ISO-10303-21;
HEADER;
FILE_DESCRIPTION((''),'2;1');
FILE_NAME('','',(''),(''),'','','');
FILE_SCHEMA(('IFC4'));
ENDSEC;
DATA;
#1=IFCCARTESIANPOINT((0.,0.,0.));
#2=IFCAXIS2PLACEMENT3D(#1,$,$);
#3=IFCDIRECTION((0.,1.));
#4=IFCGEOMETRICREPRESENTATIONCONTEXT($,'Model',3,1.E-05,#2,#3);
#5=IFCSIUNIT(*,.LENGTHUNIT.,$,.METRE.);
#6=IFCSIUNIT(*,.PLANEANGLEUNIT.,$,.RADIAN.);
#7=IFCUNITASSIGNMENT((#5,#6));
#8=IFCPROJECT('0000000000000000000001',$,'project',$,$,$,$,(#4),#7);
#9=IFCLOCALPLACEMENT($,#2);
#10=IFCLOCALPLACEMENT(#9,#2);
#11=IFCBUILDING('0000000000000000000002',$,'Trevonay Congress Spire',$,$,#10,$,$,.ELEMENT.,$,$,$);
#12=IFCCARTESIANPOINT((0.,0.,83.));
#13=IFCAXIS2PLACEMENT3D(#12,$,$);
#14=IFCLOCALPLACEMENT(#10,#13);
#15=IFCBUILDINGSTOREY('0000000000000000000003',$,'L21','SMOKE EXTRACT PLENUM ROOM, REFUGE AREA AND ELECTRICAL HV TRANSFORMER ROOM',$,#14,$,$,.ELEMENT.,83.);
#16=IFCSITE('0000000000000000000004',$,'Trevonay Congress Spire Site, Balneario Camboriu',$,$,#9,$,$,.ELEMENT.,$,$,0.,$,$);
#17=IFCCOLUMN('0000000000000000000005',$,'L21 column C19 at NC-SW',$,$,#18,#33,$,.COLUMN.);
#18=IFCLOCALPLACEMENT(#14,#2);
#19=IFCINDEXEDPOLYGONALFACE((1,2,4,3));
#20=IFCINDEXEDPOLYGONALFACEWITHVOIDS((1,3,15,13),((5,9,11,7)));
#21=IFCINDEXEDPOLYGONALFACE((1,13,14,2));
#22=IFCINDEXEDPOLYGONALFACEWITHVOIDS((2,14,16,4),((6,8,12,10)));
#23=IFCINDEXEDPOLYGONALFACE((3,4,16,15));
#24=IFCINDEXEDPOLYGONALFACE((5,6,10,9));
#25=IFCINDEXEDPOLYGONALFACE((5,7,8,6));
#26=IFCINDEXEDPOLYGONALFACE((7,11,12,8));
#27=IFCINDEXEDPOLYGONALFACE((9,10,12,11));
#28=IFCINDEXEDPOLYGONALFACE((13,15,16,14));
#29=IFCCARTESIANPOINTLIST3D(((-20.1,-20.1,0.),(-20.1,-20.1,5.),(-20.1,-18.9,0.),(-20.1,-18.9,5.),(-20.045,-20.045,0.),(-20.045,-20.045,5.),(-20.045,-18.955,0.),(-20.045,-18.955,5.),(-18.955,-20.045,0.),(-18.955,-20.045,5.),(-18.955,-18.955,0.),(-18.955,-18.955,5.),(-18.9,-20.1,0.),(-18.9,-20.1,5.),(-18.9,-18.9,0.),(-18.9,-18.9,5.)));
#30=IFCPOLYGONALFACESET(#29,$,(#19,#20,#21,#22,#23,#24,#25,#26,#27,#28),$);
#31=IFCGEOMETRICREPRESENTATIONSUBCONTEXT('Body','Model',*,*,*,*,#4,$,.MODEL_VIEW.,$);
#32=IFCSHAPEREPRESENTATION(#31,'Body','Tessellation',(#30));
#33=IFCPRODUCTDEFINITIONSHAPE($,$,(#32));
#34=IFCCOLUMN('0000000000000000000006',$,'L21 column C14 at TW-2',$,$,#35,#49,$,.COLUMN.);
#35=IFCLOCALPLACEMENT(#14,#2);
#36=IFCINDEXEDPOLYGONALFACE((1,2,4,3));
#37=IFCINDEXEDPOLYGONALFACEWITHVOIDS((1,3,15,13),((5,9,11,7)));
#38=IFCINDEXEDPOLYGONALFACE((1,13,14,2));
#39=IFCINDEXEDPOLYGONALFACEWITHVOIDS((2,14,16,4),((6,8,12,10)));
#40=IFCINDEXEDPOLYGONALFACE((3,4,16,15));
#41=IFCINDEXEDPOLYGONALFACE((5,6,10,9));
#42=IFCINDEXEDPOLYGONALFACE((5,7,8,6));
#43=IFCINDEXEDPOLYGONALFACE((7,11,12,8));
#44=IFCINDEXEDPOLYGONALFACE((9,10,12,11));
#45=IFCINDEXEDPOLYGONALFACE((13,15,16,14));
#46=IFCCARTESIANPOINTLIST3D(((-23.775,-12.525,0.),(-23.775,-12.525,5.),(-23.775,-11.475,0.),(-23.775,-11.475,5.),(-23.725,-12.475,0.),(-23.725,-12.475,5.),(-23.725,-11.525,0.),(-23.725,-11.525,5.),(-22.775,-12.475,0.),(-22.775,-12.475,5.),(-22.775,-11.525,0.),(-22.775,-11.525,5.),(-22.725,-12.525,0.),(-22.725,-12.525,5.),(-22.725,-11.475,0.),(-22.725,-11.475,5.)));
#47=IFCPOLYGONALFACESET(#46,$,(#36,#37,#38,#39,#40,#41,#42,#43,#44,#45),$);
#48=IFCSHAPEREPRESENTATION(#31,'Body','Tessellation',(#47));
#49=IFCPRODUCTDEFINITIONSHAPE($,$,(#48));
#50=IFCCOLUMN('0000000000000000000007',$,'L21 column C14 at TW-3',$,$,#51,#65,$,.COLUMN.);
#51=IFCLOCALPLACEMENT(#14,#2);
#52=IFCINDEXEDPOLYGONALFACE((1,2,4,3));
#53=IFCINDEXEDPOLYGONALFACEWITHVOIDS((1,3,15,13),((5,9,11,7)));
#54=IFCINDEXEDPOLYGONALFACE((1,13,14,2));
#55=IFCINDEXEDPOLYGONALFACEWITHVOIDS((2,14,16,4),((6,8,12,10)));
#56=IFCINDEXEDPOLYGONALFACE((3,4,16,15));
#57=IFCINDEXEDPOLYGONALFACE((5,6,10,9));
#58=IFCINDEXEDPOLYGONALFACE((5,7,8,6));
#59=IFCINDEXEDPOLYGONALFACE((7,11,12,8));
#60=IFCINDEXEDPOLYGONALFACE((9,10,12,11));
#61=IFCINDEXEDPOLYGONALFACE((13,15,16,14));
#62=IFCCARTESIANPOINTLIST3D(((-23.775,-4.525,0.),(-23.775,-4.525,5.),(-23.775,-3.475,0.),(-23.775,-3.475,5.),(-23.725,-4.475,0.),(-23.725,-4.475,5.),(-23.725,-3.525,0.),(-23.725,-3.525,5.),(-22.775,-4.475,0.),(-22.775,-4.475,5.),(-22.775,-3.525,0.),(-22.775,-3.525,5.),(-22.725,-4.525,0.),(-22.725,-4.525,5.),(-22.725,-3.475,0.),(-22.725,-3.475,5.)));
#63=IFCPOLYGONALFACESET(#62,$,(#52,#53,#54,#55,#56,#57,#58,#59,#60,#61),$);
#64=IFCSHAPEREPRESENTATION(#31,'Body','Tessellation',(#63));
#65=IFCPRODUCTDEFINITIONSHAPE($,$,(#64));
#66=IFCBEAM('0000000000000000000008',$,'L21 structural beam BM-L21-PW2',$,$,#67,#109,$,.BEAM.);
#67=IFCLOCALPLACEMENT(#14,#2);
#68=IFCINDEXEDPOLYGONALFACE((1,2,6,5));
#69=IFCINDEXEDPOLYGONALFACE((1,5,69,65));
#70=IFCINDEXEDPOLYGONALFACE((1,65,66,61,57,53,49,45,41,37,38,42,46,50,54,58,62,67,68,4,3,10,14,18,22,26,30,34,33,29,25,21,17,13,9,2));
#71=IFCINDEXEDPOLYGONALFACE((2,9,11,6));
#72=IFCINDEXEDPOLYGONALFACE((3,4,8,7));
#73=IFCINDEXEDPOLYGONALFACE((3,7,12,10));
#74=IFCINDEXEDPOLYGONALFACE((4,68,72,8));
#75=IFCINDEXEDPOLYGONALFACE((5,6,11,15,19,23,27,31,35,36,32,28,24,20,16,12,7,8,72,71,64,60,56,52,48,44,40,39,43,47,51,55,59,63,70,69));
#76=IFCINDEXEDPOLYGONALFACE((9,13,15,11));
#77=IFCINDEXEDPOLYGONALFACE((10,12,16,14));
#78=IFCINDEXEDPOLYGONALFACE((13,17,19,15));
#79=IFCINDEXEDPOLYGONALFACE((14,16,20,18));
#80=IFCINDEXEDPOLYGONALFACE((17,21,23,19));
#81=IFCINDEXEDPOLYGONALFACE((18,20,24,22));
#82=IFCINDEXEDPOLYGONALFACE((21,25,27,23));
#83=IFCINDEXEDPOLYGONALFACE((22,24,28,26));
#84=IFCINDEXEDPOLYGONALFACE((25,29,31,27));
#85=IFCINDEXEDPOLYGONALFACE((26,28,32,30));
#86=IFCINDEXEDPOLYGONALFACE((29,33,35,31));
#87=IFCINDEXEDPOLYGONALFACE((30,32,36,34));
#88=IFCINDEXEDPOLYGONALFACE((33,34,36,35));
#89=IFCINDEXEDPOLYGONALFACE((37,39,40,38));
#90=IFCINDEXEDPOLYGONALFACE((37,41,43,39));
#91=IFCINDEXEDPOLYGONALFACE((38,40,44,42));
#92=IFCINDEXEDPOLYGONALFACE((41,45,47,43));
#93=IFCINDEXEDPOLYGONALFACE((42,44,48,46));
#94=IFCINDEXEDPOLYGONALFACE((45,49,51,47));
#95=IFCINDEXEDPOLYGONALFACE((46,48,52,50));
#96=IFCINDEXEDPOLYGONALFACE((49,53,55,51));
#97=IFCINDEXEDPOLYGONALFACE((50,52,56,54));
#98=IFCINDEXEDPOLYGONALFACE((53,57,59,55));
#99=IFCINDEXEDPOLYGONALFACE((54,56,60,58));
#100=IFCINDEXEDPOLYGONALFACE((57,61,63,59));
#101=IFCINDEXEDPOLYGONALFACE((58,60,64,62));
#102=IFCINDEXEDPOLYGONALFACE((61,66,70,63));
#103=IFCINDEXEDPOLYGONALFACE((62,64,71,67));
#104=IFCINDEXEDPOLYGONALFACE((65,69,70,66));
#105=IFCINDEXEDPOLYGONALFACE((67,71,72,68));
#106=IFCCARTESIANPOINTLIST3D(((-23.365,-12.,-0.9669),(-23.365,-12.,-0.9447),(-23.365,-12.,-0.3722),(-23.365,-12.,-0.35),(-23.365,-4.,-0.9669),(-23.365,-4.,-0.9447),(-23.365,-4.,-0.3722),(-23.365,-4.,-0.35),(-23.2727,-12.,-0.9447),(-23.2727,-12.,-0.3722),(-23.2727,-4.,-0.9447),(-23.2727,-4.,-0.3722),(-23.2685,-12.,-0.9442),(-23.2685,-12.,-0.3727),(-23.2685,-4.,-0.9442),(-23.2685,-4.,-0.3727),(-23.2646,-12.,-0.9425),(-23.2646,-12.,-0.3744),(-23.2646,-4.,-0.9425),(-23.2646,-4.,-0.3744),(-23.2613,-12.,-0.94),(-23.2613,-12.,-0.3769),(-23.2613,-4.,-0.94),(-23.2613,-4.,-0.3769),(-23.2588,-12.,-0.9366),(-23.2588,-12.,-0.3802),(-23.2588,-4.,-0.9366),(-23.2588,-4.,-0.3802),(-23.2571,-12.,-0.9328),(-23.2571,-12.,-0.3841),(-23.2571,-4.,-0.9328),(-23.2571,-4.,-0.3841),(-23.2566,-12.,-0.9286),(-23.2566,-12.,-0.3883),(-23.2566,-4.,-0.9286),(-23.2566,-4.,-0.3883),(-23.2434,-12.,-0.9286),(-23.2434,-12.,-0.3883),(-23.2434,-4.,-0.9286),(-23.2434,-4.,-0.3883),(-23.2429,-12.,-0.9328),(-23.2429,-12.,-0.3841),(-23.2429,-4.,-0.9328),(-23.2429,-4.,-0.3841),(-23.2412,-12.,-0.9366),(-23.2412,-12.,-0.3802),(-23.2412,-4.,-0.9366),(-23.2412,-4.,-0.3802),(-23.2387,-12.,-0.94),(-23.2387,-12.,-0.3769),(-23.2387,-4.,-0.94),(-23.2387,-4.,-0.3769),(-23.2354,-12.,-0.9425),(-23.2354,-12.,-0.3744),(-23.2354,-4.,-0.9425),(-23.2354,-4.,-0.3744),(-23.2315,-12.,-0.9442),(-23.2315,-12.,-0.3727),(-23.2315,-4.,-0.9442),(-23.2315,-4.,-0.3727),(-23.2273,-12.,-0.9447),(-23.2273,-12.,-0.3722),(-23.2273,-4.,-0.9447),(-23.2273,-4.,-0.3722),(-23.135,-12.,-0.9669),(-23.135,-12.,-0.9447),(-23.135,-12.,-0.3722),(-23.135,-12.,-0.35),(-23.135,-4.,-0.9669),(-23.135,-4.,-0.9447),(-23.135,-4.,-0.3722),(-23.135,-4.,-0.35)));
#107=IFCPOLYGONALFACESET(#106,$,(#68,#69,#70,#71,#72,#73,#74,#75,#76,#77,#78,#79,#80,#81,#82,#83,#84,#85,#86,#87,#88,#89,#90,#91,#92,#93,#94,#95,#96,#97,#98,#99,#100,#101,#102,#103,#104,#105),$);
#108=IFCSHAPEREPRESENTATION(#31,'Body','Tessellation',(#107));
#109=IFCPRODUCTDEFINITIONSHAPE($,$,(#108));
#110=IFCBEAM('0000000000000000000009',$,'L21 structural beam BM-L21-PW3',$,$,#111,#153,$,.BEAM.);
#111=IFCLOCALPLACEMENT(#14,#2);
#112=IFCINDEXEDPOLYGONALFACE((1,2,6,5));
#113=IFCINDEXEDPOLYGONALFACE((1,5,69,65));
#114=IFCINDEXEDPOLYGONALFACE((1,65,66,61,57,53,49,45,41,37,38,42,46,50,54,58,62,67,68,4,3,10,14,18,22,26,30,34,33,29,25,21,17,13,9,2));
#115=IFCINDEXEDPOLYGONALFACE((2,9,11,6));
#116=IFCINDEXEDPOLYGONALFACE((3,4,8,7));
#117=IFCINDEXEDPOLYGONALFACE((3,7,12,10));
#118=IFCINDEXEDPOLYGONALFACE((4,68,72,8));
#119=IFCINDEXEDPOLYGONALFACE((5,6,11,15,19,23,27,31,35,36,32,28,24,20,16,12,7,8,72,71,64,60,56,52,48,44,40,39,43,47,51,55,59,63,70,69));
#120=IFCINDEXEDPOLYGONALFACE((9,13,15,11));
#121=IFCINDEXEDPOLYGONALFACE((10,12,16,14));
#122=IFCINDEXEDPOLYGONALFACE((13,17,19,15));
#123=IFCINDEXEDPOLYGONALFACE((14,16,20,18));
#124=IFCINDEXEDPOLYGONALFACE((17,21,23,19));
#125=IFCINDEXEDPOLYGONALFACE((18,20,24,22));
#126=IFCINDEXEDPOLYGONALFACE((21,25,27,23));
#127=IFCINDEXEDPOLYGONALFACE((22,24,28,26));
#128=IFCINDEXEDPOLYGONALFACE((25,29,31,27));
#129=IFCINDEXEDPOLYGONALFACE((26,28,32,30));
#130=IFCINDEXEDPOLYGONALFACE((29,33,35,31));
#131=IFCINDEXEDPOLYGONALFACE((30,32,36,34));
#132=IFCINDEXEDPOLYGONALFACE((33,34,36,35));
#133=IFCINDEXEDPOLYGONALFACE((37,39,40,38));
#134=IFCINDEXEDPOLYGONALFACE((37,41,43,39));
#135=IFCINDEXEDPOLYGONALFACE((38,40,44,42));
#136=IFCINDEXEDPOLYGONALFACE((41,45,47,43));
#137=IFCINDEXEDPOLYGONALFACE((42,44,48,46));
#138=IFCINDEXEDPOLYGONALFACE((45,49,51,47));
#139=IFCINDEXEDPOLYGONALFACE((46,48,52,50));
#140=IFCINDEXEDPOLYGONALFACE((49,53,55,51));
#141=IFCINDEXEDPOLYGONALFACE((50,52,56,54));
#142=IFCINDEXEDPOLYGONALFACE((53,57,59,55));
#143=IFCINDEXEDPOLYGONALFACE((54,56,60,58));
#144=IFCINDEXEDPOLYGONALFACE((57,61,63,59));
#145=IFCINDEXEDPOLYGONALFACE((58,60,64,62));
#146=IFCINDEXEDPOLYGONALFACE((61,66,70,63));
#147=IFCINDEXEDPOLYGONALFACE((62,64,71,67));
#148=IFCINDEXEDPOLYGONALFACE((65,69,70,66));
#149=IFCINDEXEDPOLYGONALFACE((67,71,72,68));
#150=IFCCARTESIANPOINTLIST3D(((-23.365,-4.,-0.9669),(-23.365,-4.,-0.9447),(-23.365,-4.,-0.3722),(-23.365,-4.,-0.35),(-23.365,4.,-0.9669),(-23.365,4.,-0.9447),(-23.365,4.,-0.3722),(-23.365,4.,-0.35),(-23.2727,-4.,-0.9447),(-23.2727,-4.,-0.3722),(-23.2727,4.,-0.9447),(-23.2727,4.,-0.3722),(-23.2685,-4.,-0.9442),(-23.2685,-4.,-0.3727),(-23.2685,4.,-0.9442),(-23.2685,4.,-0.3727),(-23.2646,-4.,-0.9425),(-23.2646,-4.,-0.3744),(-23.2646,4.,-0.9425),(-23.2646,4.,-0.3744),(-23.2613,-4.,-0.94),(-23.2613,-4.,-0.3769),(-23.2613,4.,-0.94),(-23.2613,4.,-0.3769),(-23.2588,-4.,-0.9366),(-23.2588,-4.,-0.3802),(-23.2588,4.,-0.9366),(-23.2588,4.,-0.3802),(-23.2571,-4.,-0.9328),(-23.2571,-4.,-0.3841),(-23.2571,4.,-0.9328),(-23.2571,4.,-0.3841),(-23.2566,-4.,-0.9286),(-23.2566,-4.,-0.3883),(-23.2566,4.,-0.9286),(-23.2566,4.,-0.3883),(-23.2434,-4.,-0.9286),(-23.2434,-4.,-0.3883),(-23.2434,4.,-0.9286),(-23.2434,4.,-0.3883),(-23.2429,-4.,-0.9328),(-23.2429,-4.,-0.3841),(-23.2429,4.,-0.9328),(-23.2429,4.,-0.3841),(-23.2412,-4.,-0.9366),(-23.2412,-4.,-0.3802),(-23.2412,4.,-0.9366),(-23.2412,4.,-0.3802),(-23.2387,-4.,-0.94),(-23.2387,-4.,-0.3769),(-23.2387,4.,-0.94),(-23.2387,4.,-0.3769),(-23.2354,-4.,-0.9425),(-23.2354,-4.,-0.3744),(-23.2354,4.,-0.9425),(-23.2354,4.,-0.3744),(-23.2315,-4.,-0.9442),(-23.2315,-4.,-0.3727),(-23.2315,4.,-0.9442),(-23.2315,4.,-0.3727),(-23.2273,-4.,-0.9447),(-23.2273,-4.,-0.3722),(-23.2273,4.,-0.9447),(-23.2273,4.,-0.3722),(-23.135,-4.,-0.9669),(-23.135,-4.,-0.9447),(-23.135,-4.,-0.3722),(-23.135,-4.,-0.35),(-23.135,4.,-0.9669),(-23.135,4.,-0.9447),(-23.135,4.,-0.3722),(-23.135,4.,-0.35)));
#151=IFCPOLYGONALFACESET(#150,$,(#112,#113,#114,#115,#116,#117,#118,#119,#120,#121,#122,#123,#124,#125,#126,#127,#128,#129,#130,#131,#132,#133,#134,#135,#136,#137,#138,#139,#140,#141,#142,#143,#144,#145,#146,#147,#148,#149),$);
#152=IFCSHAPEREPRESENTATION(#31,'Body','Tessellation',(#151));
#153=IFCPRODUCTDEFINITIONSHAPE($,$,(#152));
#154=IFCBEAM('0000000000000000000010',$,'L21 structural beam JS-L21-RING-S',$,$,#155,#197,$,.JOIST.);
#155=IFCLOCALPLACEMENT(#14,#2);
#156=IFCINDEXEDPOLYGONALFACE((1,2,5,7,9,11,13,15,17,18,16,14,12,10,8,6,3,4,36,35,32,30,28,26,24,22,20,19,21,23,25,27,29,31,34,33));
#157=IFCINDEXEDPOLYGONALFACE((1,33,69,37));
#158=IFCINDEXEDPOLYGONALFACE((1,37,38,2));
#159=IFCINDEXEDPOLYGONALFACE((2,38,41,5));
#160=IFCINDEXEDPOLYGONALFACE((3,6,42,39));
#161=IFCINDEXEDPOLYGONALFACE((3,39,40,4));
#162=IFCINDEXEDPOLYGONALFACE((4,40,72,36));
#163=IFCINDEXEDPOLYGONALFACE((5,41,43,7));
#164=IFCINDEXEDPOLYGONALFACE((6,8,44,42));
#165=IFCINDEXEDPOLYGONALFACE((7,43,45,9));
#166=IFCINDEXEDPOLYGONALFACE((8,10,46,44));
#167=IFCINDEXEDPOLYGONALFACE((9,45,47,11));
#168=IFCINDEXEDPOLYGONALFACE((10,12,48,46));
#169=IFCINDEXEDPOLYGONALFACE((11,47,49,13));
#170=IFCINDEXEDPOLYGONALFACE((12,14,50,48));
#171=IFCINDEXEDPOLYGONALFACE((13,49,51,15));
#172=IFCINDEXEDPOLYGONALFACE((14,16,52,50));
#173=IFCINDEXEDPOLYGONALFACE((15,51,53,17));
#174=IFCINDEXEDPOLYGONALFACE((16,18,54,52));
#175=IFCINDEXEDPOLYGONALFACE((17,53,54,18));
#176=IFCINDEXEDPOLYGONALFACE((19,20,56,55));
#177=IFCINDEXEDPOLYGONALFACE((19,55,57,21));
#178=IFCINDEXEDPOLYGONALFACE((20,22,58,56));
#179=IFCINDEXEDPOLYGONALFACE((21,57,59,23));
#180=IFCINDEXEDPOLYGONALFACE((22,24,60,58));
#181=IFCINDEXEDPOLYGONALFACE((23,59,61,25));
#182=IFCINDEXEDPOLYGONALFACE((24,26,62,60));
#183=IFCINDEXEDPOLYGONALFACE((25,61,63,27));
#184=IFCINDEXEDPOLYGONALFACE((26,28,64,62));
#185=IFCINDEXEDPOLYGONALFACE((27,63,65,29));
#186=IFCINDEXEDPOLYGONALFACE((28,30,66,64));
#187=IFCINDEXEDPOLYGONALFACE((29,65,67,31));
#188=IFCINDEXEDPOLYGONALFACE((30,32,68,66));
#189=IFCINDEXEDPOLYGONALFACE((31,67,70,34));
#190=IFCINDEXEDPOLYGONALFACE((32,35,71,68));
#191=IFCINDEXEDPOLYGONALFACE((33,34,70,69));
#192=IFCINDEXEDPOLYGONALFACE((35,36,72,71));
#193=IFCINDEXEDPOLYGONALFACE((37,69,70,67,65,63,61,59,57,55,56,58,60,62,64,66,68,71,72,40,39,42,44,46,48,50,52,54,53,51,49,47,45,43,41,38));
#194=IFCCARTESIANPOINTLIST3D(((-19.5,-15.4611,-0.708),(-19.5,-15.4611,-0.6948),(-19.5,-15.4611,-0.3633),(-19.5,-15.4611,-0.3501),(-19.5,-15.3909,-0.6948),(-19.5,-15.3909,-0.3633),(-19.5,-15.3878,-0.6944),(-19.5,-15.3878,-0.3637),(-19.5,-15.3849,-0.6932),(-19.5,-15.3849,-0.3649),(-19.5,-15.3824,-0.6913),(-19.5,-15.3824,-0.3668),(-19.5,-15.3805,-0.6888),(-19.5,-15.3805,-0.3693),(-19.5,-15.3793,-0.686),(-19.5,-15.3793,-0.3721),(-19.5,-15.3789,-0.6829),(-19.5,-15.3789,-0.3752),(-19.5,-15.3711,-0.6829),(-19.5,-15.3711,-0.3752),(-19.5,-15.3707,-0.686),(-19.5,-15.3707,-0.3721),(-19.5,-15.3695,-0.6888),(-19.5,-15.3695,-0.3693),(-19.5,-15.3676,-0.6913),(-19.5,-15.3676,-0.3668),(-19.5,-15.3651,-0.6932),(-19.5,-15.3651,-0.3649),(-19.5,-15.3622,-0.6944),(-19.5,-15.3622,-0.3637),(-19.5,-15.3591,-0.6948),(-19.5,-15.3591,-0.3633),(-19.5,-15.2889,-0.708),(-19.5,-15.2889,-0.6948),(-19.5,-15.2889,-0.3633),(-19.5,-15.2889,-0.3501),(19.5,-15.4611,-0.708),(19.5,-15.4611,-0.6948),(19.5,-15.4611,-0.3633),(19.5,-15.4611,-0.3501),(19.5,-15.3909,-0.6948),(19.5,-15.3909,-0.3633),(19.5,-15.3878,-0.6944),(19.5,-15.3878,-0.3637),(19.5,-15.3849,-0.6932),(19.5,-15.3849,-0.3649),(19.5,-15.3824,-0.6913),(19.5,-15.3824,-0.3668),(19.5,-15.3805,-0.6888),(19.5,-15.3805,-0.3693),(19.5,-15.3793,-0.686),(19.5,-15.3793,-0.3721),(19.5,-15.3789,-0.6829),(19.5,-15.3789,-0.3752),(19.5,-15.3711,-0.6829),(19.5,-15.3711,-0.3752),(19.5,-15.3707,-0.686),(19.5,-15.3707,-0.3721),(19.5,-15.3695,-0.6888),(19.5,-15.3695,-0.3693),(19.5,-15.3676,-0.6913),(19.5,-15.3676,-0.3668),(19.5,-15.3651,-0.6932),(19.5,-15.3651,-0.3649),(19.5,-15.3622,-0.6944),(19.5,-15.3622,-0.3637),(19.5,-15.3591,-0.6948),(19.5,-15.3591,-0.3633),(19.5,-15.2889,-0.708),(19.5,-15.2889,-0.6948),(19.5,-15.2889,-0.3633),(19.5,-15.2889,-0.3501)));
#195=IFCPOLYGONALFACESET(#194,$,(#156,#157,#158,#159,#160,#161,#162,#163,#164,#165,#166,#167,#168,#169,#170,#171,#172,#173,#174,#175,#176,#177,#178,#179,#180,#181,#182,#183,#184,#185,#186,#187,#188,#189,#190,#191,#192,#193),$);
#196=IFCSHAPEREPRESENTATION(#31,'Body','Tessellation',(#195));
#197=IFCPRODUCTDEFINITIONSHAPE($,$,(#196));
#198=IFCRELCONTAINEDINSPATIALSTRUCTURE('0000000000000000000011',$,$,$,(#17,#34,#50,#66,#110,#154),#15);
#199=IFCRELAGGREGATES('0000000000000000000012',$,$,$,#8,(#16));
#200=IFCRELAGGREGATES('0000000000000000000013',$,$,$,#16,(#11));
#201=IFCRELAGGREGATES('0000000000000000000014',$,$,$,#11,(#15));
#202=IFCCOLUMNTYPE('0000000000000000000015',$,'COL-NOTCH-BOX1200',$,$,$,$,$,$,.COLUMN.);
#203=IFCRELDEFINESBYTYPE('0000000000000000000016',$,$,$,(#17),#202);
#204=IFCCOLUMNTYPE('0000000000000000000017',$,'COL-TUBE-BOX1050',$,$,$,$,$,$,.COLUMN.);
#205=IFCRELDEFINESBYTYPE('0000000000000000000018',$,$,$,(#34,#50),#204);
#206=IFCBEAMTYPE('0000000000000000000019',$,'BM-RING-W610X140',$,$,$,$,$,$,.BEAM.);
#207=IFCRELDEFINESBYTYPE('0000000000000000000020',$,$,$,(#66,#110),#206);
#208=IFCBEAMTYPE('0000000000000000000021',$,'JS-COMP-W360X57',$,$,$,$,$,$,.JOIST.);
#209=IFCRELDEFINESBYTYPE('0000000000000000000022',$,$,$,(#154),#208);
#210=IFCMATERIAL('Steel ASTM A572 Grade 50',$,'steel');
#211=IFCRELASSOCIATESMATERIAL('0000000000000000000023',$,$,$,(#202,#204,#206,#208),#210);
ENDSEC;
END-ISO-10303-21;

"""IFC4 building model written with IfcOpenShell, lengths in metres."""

from ifc_helpers import new_model, si_unit, direction, frame, origin, origin_2d, place, context, subcontext, project, spatial, hollow_rectangle, i_section, extrude, material, material_profile, profile_set, type_object, element, save


model = new_model("IFC4")

# Units and contexts
model_context = context("Model", 3, precision=1e-05, world=origin(), true_north=direction((0.0, 1.0)))
body_context = subcontext(model_context, "Body", "Model", "MODEL_VIEW")
ifc_project = project(units=[si_unit("LENGTHUNIT", "METRE"), si_unit("PLANEANGLEUNIT", "RADIAN")], contexts=[model_context])

# Site, building, storey
site_placement = place(None, origin())
site = spatial("IfcSite", under=ifc_project, at=site_placement, Name="Trevonay Congress Spire Site, Balneario Camboriu", CompositionType="ELEMENT", RefElevation=0.0)
building_placement = place(site_placement, origin())
building = spatial("IfcBuilding", under=site, at=building_placement, Name="Trevonay Congress Spire", CompositionType="ELEMENT")
storey_placement = place(building_placement, frame((0.0, 0.0, 83.0)))
storey = spatial("IfcBuildingStorey", under=building, at=storey_placement, Name="L21", Description="SMOKE EXTRACT PLENUM ROOM, REFUGE AREA AND ELECTRICAL HV TRANSFORMER ROOM", CompositionType="ELEMENT", Elevation=83.0)

# Columns
ifc_material_1 = material(Name="Steel ASTM A572 Grade 50", Category="steel")
ifc_material_profile_1 = material_profile(ifc_material_1, hollow_rectangle(XDim=1.2, YDim=1.2, WallThickness=0.0549, at=origin_2d()), Name="BOX 1200x1200x55")
ifc_profile_set_1 = profile_set([ifc_material_profile_1], Name="Steel ASTM A572 Grade 50")
column_type_1 = type_object("IfcColumnType", Name="COL-NOTCH-BOX1200", PredefinedType="COLUMN", material=ifc_profile_set_1)
column_placement = place(storey_placement, frame((-19.5, -19.5, 0.0), z_axis=(0.0, 0.0, 1.0), x_axis=(1.0, 0.0, 0.0)))
element("IfcColumn", 1, at=column_placement, inside=storey, type_object=column_type_1, Name="L21 column C19 at NC-SW", PredefinedType="COLUMN", context=body_context, shape_type="SweptSolid", body=[
    extrude(hollow_rectangle(XDim=1.2, YDim=1.2, WallThickness=0.0549, at=origin_2d()), origin(), (0.0, 0.0, 1.0), 5.0),
])
ifc_material_profile_2 = material_profile(ifc_material_1, hollow_rectangle(XDim=1.05, YDim=1.05, WallThickness=0.05, at=origin_2d()), Name="BOX 1050x1050x50")
ifc_profile_set_2 = profile_set([ifc_material_profile_2], Name="Steel ASTM A572 Grade 50")
column_type_2 = type_object("IfcColumnType", Name="COL-TUBE-BOX1050", PredefinedType="COLUMN", material=ifc_profile_set_2)
for number, where, z_axis, x_axis, name in (
    (2, (-23.25, -12.0, 0.0), (0.0, 0.0, 1.0), (1.0, 0.0, 0.0), "L21 column C14 at TW-2"),
    (3, (-23.25, -4.0, 0.0), (0.0, 0.0, 1.0), (1.0, 0.0, 0.0), "L21 column C14 at TW-3"),
):
    element("IfcColumn", number, at=place(storey_placement, frame(where, z_axis=z_axis, x_axis=x_axis)), inside=storey, type_object=column_type_2, Name=name, PredefinedType="COLUMN", context=body_context, shape_type="SweptSolid", body=[
        extrude(hollow_rectangle(XDim=1.05, YDim=1.05, WallThickness=0.05, at=origin_2d()), origin(), (0.0, 0.0, 1.0), 5.0),
    ])

# Beams
ifc_material_profile_3 = material_profile(ifc_material_1, i_section(OverallWidth=0.23, OverallDepth=0.6169, WebThickness=0.0132, FlangeThickness=0.0222, FilletRadius=0.0161, at=origin_2d()), Name="W610x140")
ifc_profile_set_3 = profile_set([ifc_material_profile_3], Name="Steel ASTM A572 Grade 50")
beam_type_1 = type_object("IfcBeamType", Name="BM-RING-W610X140", PredefinedType="BEAM", material=ifc_profile_set_3)
for number, where, z_axis, x_axis, name in (
    (4, (-23.25, -12.0, -0.6584), (0.0, 1.0, 0.0), (-1.0, 0.0, 0.0), "L21 structural beam BM-L21-PW2"),
    (5, (-23.25, -4.0, -0.6584), (0.0, 1.0, 0.0), (-1.0, 0.0, 0.0), "L21 structural beam BM-L21-PW3"),
):
    element("IfcBeam", number, at=place(storey_placement, frame(where, z_axis=z_axis, x_axis=x_axis)), inside=storey, type_object=beam_type_1, Name=name, PredefinedType="BEAM", context=body_context, shape_type="SweptSolid", body=[
        extrude(i_section(OverallWidth=0.23, OverallDepth=0.6169, WebThickness=0.0132, FlangeThickness=0.0222, FilletRadius=0.0161, at=origin_2d()), origin(), (0.0, 0.0, 1.0), 8.0),
    ])
ifc_material_profile_4 = material_profile(ifc_material_1, i_section(OverallWidth=0.1721, OverallDepth=0.3579, WebThickness=0.0078, FlangeThickness=0.0132, FilletRadius=0.012, at=origin_2d()), Name="W360x57.8")
ifc_profile_set_4 = profile_set([ifc_material_profile_4], Name="Steel ASTM A572 Grade 50")
beam_type_2 = type_object("IfcBeamType", Name="JS-COMP-W360X57", PredefinedType="JOIST", material=ifc_profile_set_4)
for number, where, z_axis, x_axis, name in (
    (6, (-19.5, -15.375, -0.5291), (1.0, 0.0, 0.0), (0.0, 1.0, 0.0), "L21 structural beam JS-L21-RING-S"),
):
    element("IfcBeam", number, at=place(storey_placement, frame(where, z_axis=z_axis, x_axis=x_axis)), inside=storey, type_object=beam_type_2, Name=name, PredefinedType="JOIST", context=body_context, shape_type="SweptSolid", body=[
        extrude(i_section(OverallWidth=0.1721, OverallDepth=0.3579, WebThickness=0.0078, FlangeThickness=0.0132, FilletRadius=0.012, at=origin_2d()), origin(), (0.0, 0.0, 1.0), 39.0),
    ])

save(model, "model.ifc")
